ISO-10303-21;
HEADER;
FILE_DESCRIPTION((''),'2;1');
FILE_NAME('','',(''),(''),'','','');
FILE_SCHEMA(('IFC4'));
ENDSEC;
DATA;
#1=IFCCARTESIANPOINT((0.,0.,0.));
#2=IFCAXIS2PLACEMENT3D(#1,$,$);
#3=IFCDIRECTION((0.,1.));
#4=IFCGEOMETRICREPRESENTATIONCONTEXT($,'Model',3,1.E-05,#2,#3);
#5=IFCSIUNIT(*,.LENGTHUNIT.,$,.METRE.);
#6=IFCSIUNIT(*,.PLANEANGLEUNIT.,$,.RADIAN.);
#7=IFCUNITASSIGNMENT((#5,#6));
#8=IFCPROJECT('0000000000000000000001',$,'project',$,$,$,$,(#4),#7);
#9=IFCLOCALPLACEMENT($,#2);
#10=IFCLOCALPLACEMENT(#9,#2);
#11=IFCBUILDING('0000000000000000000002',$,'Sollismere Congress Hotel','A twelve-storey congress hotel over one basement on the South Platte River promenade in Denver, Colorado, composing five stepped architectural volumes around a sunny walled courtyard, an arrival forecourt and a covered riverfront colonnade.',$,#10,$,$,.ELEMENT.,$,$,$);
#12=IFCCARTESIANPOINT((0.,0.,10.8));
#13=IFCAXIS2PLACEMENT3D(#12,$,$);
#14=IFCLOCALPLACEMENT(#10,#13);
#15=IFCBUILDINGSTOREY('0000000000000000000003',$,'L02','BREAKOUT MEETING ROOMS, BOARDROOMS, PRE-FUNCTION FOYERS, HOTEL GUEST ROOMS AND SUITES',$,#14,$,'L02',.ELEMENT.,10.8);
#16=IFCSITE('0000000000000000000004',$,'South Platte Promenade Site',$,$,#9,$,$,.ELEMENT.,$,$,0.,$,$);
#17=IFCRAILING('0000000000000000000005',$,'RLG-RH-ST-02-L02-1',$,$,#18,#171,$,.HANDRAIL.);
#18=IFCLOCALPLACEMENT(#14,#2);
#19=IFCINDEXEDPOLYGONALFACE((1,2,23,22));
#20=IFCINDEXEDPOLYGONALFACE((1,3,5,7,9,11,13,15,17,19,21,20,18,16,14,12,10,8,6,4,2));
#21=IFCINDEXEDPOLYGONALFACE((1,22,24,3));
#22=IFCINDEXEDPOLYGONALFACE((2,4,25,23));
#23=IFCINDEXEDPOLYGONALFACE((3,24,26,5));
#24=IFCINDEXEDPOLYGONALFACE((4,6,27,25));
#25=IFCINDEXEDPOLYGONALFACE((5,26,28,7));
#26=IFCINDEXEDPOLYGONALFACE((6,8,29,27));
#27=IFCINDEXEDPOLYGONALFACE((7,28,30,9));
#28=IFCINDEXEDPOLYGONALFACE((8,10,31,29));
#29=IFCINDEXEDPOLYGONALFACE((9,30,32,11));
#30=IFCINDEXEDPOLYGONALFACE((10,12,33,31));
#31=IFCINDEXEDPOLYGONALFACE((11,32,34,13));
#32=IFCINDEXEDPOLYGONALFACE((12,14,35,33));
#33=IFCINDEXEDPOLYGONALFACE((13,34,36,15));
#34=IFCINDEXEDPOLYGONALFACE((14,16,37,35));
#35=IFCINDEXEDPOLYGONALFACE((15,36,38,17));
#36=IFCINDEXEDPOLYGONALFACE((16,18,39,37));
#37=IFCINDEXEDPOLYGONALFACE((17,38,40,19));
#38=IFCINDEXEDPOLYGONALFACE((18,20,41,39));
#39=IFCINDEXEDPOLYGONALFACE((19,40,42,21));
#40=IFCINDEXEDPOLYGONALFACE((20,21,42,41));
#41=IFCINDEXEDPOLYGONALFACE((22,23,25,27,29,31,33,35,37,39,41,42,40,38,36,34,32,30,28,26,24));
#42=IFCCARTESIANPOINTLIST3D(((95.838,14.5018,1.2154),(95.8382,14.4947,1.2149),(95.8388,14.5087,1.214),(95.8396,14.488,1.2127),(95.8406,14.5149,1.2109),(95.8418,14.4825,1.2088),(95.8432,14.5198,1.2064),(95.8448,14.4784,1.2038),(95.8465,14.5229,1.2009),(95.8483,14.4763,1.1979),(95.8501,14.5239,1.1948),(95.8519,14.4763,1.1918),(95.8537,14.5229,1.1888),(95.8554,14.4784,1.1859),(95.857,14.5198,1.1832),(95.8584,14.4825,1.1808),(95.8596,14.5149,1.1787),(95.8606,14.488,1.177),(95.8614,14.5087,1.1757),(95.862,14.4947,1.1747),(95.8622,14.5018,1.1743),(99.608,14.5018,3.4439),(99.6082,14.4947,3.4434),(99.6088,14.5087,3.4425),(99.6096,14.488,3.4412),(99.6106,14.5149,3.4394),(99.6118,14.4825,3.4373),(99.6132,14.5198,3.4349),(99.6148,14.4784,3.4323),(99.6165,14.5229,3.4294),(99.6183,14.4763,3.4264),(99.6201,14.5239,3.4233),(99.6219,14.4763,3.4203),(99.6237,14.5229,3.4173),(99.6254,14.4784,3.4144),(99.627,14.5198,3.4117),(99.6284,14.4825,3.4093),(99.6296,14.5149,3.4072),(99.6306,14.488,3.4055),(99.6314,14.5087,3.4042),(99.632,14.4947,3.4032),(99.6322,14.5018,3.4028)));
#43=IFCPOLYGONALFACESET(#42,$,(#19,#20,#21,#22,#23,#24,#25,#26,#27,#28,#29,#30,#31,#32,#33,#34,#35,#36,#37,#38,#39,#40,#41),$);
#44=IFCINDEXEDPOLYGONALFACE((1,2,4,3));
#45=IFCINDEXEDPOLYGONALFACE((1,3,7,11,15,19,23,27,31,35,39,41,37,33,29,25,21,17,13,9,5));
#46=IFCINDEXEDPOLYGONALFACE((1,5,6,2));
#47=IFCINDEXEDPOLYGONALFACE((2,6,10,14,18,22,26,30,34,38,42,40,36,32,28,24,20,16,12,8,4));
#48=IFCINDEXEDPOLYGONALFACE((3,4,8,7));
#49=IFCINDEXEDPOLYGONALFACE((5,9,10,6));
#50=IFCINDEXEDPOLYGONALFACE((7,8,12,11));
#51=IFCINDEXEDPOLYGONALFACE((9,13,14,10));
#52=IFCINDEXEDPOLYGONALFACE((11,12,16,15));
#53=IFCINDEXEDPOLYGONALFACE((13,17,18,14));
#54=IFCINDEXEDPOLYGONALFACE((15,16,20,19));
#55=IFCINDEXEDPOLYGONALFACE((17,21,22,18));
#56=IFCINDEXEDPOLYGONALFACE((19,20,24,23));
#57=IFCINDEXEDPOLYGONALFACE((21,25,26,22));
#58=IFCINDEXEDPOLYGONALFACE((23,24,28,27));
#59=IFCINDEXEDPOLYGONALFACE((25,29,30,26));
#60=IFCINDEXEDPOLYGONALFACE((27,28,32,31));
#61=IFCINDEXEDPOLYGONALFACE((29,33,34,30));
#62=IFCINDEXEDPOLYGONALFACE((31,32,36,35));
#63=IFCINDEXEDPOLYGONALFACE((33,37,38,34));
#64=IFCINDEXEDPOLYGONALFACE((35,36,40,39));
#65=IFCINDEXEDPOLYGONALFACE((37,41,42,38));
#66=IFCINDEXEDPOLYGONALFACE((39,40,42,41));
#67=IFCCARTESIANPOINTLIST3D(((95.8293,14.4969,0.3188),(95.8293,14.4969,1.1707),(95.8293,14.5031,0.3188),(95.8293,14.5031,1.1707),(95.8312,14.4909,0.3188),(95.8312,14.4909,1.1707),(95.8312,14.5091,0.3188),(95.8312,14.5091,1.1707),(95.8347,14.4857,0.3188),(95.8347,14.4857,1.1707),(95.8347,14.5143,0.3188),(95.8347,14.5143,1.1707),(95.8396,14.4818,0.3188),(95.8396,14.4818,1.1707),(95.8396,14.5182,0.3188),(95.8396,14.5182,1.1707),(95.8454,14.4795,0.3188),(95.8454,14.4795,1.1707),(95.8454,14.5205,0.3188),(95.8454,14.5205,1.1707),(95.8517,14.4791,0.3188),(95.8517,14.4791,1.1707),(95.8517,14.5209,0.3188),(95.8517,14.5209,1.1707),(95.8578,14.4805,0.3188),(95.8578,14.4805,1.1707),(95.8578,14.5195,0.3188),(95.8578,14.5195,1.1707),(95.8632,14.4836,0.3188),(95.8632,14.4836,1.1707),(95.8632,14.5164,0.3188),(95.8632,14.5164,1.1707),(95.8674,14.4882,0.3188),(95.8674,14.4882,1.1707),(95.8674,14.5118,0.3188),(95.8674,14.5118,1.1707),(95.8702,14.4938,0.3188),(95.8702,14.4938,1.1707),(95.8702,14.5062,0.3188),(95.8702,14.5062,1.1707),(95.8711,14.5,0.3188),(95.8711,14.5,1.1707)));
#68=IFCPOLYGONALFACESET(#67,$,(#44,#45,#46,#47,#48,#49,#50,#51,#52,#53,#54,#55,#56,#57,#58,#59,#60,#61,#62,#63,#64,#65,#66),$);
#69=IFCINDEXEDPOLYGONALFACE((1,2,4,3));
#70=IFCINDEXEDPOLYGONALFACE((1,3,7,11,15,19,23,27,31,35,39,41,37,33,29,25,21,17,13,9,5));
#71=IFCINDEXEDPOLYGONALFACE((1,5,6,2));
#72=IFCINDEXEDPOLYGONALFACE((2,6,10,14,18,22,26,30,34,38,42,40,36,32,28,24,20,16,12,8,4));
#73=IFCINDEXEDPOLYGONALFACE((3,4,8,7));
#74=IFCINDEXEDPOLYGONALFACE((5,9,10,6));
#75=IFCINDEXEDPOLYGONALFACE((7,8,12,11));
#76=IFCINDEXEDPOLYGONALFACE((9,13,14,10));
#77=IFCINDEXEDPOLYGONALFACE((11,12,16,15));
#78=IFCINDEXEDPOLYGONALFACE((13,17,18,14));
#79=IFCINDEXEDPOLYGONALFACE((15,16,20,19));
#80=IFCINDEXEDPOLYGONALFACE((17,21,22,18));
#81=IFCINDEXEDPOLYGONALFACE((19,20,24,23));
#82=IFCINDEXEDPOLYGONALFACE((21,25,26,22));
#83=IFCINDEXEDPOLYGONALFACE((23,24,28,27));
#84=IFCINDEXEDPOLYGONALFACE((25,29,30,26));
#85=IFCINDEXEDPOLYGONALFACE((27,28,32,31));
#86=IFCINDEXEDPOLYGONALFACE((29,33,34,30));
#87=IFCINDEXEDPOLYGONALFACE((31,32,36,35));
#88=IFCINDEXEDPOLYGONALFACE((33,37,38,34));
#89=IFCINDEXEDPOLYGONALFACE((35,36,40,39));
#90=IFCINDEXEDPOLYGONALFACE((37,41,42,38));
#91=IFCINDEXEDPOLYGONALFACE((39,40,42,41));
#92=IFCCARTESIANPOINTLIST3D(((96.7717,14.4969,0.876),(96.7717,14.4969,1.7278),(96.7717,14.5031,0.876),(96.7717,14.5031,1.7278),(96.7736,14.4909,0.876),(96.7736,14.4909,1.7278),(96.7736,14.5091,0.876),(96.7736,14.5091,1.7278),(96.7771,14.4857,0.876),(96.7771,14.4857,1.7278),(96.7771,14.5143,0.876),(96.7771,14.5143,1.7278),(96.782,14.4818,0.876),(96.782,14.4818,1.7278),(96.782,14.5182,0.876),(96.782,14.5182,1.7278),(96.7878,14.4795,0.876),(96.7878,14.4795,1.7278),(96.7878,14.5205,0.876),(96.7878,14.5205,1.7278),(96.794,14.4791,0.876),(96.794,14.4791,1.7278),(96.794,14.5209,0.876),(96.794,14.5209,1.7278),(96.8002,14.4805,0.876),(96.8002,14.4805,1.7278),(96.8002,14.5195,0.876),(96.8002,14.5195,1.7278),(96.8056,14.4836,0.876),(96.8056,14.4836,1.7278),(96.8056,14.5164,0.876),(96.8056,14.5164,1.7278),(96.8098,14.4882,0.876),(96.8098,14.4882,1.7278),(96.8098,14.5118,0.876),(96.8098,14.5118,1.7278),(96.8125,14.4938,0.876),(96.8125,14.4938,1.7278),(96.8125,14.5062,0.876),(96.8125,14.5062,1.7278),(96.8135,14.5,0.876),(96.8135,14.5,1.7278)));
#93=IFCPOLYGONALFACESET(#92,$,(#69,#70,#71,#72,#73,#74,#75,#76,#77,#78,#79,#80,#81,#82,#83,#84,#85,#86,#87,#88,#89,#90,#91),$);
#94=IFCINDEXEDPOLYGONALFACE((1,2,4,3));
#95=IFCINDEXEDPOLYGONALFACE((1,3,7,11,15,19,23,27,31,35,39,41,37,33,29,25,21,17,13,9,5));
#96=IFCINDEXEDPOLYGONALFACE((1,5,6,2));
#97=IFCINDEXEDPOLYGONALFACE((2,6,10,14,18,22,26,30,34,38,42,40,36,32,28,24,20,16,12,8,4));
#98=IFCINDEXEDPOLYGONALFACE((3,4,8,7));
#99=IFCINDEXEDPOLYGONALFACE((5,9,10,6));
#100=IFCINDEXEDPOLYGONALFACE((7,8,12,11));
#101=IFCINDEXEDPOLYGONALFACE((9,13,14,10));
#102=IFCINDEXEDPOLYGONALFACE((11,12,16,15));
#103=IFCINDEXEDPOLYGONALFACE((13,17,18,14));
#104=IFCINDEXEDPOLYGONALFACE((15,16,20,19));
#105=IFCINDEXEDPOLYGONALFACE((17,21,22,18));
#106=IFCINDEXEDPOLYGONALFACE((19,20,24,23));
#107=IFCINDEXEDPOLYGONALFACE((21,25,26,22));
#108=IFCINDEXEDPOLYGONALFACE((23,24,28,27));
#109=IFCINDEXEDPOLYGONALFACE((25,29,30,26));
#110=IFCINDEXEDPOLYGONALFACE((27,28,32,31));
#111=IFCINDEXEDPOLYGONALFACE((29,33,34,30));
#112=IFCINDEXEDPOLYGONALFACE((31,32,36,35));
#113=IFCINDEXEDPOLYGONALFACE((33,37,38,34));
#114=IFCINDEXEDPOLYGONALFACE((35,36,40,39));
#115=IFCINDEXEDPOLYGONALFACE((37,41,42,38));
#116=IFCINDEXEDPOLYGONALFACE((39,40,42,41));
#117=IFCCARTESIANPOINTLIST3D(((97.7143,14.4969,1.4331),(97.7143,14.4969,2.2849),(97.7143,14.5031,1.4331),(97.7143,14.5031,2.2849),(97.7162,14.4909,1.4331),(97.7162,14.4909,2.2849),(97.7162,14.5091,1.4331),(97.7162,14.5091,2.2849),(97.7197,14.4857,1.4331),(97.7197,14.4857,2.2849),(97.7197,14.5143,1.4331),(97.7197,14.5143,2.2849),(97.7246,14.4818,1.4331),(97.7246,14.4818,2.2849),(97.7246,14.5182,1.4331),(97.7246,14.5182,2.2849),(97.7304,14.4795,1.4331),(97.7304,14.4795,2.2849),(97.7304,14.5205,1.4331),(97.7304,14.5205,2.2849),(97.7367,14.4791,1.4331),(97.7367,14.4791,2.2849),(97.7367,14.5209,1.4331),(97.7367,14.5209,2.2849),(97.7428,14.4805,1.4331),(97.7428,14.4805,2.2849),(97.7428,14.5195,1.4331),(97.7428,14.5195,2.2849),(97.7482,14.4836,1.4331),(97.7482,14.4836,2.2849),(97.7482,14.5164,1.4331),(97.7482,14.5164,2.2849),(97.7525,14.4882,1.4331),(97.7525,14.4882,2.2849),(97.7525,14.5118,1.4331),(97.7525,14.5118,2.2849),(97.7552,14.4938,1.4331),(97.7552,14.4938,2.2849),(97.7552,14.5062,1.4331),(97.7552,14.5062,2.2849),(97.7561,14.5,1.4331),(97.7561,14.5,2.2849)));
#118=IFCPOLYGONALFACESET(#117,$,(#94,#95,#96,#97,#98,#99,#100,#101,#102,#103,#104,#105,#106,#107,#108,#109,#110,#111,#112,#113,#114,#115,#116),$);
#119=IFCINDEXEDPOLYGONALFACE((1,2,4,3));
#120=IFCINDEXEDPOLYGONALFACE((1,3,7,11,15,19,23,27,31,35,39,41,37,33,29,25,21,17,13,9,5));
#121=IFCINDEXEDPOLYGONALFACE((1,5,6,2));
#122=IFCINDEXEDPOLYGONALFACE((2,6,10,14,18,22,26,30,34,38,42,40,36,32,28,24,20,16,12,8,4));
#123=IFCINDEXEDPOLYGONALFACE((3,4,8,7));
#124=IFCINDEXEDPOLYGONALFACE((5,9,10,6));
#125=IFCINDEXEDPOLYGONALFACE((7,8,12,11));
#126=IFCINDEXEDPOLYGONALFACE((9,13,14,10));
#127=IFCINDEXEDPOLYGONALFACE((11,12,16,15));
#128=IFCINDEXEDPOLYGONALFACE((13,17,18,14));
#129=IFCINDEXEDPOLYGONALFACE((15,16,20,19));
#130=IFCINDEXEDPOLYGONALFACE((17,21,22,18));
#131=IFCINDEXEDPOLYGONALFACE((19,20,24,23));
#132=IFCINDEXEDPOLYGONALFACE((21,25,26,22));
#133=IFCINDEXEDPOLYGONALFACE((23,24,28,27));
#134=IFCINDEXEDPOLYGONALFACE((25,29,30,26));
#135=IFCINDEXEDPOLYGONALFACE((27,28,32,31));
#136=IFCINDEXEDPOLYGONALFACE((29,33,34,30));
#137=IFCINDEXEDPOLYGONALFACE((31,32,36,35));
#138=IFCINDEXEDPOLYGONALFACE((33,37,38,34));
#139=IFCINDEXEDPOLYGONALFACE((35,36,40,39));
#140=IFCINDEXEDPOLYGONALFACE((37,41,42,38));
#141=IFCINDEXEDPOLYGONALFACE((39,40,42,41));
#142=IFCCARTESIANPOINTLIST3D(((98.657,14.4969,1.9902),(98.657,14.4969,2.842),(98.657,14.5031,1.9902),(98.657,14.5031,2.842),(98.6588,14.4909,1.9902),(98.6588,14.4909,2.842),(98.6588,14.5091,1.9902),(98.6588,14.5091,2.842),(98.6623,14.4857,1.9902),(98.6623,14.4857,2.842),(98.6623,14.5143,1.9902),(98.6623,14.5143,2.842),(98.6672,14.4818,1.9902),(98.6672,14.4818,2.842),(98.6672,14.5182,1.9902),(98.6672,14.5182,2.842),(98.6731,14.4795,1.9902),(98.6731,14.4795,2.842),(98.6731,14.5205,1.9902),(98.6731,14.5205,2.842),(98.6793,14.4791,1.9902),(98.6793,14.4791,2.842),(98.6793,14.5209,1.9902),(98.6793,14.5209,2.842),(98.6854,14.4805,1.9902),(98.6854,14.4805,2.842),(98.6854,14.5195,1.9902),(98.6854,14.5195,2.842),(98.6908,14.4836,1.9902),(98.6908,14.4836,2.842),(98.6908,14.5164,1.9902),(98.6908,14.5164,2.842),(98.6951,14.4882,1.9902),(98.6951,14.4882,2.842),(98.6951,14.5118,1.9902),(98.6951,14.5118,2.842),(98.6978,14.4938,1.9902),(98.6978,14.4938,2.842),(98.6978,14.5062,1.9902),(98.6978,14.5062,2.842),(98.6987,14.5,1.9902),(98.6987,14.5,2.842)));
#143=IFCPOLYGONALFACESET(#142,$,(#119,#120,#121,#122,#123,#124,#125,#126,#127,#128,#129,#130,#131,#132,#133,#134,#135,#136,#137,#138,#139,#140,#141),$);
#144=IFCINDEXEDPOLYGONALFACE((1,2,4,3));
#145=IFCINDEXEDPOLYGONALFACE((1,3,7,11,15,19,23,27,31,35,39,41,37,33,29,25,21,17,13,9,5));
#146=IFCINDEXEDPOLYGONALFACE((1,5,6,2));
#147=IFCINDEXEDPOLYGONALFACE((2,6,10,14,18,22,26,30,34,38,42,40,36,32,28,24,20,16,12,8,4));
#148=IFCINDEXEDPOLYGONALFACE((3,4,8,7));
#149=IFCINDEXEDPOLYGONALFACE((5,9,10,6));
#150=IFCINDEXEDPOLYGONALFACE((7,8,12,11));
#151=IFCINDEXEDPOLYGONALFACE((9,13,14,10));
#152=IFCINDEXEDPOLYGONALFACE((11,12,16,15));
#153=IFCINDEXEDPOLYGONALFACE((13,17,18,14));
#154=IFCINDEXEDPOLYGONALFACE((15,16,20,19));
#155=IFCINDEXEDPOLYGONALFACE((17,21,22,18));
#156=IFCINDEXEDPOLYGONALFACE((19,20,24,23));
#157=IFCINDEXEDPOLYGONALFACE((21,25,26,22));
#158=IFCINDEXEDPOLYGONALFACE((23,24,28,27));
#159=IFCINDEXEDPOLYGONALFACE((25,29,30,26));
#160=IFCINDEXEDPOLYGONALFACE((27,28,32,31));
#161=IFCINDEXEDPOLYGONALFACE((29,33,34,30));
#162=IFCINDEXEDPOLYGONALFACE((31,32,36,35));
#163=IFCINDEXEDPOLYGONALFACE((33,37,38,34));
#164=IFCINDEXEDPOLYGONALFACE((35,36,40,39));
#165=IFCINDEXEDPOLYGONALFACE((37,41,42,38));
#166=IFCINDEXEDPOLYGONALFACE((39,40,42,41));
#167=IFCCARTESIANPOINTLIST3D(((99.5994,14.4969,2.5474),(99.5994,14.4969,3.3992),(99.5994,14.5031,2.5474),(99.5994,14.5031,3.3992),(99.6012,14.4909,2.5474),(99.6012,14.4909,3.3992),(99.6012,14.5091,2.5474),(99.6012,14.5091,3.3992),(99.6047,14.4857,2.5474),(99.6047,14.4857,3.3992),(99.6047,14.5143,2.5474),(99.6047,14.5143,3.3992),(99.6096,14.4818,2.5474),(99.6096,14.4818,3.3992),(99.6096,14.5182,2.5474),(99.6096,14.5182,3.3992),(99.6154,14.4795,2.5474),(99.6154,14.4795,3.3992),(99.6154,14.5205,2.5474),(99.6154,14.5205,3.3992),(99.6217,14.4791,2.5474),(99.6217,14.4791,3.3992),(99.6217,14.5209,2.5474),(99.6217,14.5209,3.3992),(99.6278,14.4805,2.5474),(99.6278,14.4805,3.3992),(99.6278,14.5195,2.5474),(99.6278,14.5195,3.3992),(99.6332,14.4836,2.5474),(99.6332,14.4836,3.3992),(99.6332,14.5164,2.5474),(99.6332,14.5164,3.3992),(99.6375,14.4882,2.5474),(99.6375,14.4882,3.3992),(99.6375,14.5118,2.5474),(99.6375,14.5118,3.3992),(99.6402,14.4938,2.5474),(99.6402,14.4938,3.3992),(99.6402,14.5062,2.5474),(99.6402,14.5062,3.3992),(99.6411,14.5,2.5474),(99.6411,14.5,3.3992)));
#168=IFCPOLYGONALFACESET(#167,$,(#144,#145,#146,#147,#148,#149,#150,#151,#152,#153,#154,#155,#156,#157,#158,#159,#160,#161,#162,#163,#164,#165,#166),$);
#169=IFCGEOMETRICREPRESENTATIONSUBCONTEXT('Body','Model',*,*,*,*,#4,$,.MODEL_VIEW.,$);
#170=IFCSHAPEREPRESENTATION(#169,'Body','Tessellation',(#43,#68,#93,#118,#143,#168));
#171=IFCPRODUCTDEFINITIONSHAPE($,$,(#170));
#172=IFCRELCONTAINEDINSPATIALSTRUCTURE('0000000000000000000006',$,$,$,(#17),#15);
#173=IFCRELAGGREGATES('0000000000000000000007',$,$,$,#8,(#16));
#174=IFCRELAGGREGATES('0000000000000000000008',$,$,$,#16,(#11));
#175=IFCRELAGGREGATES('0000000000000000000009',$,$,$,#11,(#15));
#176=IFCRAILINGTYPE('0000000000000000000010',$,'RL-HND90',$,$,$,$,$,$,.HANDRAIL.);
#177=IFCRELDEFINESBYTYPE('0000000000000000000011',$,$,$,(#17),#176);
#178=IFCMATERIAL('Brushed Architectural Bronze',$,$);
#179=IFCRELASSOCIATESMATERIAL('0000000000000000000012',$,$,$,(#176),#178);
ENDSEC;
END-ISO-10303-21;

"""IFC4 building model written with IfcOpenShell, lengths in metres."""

from ifc_helpers import new_model, si_unit, direction, frame, origin, origin_2d, place, context, subcontext, project, spatial, circle, extrude, material, type_object, element, save


model = new_model("IFC4")

# Units and contexts
model_context = context("Model", 3, precision=1e-05, world=origin(), true_north=direction((0.0, 1.0)))
body_context = subcontext(model_context, "Body", "Model", "MODEL_VIEW")
ifc_project = project(units=[si_unit("LENGTHUNIT", "METRE"), si_unit("PLANEANGLEUNIT", "RADIAN")], contexts=[model_context])

# Site, building, storey
site_placement = place(None, origin())
site = spatial("IfcSite", under=ifc_project, at=site_placement, Name="South Platte Promenade Site", CompositionType="ELEMENT", RefElevation=0.0)
building_placement = place(site_placement, origin())
building = spatial("IfcBuilding", under=site, at=building_placement, Name="Sollismere Congress Hotel", Description="A twelve-storey congress hotel over one basement on the South Platte River promenade in Denver, Colorado, composing five stepped architectural volumes around a sunny walled courtyard, an arrival forecourt and a covered riverfront colonnade.", CompositionType="ELEMENT")
storey_placement = place(building_placement, frame((0.0, 0.0, 10.8)))
storey = spatial("IfcBuildingStorey", under=building, at=storey_placement, Name="L02", Description="BREAKOUT MEETING ROOMS, BOARDROOMS, PRE-FUNCTION FOYERS, HOTEL GUEST ROOMS AND SUITES", LongName="L02", CompositionType="ELEMENT", Elevation=10.8)

# Railing
ifc_material_1 = material(Name="Brushed Architectural Bronze")
railing_type_1 = type_object("IfcRailingType", Name="RL-HND90", PredefinedType="HANDRAIL", material=ifc_material_1)
railing_1_placement = place(storey_placement, frame((95.8501, 14.5, 0.3188)))
element("IfcRailing", 1, at=railing_1_placement, inside=storey, type_object=railing_type_1, Name="RLG-RH-ST-02-L02-1", PredefinedType="HANDRAIL", context=body_context, shape_type="SweptSolid", body=[
    extrude(circle(Radius=0.0239, at=origin_2d()), frame((0.0, 0.0, 0.876), z_axis=(0.860849, 0.0, 0.508861), x_axis=(0.0, 1.0, 0.0)), (0.0, 0.0, 1.0), 4.3794),
    extrude(circle(Radius=0.021, at=origin_2d()), origin(), (0.0, 0.0, 1.0), 0.8518),
    extrude(circle(Radius=0.021, at=origin_2d()), frame((0.9424, 0.0, 0.5571)), (0.0, 0.0, 1.0), 0.8518),
    extrude(circle(Radius=0.021, at=origin_2d()), frame((1.885, 0.0, 1.1143)), (0.0, 0.0, 1.0), 0.8518),
    extrude(circle(Radius=0.021, at=origin_2d()), frame((2.8276, 0.0, 1.6714)), (0.0, 0.0, 1.0), 0.8518),
    extrude(circle(Radius=0.021, at=origin_2d()), frame((3.77, 0.0, 2.2285)), (0.0, 0.0, 1.0), 0.8518),
])

save(model, "model.ifc")
